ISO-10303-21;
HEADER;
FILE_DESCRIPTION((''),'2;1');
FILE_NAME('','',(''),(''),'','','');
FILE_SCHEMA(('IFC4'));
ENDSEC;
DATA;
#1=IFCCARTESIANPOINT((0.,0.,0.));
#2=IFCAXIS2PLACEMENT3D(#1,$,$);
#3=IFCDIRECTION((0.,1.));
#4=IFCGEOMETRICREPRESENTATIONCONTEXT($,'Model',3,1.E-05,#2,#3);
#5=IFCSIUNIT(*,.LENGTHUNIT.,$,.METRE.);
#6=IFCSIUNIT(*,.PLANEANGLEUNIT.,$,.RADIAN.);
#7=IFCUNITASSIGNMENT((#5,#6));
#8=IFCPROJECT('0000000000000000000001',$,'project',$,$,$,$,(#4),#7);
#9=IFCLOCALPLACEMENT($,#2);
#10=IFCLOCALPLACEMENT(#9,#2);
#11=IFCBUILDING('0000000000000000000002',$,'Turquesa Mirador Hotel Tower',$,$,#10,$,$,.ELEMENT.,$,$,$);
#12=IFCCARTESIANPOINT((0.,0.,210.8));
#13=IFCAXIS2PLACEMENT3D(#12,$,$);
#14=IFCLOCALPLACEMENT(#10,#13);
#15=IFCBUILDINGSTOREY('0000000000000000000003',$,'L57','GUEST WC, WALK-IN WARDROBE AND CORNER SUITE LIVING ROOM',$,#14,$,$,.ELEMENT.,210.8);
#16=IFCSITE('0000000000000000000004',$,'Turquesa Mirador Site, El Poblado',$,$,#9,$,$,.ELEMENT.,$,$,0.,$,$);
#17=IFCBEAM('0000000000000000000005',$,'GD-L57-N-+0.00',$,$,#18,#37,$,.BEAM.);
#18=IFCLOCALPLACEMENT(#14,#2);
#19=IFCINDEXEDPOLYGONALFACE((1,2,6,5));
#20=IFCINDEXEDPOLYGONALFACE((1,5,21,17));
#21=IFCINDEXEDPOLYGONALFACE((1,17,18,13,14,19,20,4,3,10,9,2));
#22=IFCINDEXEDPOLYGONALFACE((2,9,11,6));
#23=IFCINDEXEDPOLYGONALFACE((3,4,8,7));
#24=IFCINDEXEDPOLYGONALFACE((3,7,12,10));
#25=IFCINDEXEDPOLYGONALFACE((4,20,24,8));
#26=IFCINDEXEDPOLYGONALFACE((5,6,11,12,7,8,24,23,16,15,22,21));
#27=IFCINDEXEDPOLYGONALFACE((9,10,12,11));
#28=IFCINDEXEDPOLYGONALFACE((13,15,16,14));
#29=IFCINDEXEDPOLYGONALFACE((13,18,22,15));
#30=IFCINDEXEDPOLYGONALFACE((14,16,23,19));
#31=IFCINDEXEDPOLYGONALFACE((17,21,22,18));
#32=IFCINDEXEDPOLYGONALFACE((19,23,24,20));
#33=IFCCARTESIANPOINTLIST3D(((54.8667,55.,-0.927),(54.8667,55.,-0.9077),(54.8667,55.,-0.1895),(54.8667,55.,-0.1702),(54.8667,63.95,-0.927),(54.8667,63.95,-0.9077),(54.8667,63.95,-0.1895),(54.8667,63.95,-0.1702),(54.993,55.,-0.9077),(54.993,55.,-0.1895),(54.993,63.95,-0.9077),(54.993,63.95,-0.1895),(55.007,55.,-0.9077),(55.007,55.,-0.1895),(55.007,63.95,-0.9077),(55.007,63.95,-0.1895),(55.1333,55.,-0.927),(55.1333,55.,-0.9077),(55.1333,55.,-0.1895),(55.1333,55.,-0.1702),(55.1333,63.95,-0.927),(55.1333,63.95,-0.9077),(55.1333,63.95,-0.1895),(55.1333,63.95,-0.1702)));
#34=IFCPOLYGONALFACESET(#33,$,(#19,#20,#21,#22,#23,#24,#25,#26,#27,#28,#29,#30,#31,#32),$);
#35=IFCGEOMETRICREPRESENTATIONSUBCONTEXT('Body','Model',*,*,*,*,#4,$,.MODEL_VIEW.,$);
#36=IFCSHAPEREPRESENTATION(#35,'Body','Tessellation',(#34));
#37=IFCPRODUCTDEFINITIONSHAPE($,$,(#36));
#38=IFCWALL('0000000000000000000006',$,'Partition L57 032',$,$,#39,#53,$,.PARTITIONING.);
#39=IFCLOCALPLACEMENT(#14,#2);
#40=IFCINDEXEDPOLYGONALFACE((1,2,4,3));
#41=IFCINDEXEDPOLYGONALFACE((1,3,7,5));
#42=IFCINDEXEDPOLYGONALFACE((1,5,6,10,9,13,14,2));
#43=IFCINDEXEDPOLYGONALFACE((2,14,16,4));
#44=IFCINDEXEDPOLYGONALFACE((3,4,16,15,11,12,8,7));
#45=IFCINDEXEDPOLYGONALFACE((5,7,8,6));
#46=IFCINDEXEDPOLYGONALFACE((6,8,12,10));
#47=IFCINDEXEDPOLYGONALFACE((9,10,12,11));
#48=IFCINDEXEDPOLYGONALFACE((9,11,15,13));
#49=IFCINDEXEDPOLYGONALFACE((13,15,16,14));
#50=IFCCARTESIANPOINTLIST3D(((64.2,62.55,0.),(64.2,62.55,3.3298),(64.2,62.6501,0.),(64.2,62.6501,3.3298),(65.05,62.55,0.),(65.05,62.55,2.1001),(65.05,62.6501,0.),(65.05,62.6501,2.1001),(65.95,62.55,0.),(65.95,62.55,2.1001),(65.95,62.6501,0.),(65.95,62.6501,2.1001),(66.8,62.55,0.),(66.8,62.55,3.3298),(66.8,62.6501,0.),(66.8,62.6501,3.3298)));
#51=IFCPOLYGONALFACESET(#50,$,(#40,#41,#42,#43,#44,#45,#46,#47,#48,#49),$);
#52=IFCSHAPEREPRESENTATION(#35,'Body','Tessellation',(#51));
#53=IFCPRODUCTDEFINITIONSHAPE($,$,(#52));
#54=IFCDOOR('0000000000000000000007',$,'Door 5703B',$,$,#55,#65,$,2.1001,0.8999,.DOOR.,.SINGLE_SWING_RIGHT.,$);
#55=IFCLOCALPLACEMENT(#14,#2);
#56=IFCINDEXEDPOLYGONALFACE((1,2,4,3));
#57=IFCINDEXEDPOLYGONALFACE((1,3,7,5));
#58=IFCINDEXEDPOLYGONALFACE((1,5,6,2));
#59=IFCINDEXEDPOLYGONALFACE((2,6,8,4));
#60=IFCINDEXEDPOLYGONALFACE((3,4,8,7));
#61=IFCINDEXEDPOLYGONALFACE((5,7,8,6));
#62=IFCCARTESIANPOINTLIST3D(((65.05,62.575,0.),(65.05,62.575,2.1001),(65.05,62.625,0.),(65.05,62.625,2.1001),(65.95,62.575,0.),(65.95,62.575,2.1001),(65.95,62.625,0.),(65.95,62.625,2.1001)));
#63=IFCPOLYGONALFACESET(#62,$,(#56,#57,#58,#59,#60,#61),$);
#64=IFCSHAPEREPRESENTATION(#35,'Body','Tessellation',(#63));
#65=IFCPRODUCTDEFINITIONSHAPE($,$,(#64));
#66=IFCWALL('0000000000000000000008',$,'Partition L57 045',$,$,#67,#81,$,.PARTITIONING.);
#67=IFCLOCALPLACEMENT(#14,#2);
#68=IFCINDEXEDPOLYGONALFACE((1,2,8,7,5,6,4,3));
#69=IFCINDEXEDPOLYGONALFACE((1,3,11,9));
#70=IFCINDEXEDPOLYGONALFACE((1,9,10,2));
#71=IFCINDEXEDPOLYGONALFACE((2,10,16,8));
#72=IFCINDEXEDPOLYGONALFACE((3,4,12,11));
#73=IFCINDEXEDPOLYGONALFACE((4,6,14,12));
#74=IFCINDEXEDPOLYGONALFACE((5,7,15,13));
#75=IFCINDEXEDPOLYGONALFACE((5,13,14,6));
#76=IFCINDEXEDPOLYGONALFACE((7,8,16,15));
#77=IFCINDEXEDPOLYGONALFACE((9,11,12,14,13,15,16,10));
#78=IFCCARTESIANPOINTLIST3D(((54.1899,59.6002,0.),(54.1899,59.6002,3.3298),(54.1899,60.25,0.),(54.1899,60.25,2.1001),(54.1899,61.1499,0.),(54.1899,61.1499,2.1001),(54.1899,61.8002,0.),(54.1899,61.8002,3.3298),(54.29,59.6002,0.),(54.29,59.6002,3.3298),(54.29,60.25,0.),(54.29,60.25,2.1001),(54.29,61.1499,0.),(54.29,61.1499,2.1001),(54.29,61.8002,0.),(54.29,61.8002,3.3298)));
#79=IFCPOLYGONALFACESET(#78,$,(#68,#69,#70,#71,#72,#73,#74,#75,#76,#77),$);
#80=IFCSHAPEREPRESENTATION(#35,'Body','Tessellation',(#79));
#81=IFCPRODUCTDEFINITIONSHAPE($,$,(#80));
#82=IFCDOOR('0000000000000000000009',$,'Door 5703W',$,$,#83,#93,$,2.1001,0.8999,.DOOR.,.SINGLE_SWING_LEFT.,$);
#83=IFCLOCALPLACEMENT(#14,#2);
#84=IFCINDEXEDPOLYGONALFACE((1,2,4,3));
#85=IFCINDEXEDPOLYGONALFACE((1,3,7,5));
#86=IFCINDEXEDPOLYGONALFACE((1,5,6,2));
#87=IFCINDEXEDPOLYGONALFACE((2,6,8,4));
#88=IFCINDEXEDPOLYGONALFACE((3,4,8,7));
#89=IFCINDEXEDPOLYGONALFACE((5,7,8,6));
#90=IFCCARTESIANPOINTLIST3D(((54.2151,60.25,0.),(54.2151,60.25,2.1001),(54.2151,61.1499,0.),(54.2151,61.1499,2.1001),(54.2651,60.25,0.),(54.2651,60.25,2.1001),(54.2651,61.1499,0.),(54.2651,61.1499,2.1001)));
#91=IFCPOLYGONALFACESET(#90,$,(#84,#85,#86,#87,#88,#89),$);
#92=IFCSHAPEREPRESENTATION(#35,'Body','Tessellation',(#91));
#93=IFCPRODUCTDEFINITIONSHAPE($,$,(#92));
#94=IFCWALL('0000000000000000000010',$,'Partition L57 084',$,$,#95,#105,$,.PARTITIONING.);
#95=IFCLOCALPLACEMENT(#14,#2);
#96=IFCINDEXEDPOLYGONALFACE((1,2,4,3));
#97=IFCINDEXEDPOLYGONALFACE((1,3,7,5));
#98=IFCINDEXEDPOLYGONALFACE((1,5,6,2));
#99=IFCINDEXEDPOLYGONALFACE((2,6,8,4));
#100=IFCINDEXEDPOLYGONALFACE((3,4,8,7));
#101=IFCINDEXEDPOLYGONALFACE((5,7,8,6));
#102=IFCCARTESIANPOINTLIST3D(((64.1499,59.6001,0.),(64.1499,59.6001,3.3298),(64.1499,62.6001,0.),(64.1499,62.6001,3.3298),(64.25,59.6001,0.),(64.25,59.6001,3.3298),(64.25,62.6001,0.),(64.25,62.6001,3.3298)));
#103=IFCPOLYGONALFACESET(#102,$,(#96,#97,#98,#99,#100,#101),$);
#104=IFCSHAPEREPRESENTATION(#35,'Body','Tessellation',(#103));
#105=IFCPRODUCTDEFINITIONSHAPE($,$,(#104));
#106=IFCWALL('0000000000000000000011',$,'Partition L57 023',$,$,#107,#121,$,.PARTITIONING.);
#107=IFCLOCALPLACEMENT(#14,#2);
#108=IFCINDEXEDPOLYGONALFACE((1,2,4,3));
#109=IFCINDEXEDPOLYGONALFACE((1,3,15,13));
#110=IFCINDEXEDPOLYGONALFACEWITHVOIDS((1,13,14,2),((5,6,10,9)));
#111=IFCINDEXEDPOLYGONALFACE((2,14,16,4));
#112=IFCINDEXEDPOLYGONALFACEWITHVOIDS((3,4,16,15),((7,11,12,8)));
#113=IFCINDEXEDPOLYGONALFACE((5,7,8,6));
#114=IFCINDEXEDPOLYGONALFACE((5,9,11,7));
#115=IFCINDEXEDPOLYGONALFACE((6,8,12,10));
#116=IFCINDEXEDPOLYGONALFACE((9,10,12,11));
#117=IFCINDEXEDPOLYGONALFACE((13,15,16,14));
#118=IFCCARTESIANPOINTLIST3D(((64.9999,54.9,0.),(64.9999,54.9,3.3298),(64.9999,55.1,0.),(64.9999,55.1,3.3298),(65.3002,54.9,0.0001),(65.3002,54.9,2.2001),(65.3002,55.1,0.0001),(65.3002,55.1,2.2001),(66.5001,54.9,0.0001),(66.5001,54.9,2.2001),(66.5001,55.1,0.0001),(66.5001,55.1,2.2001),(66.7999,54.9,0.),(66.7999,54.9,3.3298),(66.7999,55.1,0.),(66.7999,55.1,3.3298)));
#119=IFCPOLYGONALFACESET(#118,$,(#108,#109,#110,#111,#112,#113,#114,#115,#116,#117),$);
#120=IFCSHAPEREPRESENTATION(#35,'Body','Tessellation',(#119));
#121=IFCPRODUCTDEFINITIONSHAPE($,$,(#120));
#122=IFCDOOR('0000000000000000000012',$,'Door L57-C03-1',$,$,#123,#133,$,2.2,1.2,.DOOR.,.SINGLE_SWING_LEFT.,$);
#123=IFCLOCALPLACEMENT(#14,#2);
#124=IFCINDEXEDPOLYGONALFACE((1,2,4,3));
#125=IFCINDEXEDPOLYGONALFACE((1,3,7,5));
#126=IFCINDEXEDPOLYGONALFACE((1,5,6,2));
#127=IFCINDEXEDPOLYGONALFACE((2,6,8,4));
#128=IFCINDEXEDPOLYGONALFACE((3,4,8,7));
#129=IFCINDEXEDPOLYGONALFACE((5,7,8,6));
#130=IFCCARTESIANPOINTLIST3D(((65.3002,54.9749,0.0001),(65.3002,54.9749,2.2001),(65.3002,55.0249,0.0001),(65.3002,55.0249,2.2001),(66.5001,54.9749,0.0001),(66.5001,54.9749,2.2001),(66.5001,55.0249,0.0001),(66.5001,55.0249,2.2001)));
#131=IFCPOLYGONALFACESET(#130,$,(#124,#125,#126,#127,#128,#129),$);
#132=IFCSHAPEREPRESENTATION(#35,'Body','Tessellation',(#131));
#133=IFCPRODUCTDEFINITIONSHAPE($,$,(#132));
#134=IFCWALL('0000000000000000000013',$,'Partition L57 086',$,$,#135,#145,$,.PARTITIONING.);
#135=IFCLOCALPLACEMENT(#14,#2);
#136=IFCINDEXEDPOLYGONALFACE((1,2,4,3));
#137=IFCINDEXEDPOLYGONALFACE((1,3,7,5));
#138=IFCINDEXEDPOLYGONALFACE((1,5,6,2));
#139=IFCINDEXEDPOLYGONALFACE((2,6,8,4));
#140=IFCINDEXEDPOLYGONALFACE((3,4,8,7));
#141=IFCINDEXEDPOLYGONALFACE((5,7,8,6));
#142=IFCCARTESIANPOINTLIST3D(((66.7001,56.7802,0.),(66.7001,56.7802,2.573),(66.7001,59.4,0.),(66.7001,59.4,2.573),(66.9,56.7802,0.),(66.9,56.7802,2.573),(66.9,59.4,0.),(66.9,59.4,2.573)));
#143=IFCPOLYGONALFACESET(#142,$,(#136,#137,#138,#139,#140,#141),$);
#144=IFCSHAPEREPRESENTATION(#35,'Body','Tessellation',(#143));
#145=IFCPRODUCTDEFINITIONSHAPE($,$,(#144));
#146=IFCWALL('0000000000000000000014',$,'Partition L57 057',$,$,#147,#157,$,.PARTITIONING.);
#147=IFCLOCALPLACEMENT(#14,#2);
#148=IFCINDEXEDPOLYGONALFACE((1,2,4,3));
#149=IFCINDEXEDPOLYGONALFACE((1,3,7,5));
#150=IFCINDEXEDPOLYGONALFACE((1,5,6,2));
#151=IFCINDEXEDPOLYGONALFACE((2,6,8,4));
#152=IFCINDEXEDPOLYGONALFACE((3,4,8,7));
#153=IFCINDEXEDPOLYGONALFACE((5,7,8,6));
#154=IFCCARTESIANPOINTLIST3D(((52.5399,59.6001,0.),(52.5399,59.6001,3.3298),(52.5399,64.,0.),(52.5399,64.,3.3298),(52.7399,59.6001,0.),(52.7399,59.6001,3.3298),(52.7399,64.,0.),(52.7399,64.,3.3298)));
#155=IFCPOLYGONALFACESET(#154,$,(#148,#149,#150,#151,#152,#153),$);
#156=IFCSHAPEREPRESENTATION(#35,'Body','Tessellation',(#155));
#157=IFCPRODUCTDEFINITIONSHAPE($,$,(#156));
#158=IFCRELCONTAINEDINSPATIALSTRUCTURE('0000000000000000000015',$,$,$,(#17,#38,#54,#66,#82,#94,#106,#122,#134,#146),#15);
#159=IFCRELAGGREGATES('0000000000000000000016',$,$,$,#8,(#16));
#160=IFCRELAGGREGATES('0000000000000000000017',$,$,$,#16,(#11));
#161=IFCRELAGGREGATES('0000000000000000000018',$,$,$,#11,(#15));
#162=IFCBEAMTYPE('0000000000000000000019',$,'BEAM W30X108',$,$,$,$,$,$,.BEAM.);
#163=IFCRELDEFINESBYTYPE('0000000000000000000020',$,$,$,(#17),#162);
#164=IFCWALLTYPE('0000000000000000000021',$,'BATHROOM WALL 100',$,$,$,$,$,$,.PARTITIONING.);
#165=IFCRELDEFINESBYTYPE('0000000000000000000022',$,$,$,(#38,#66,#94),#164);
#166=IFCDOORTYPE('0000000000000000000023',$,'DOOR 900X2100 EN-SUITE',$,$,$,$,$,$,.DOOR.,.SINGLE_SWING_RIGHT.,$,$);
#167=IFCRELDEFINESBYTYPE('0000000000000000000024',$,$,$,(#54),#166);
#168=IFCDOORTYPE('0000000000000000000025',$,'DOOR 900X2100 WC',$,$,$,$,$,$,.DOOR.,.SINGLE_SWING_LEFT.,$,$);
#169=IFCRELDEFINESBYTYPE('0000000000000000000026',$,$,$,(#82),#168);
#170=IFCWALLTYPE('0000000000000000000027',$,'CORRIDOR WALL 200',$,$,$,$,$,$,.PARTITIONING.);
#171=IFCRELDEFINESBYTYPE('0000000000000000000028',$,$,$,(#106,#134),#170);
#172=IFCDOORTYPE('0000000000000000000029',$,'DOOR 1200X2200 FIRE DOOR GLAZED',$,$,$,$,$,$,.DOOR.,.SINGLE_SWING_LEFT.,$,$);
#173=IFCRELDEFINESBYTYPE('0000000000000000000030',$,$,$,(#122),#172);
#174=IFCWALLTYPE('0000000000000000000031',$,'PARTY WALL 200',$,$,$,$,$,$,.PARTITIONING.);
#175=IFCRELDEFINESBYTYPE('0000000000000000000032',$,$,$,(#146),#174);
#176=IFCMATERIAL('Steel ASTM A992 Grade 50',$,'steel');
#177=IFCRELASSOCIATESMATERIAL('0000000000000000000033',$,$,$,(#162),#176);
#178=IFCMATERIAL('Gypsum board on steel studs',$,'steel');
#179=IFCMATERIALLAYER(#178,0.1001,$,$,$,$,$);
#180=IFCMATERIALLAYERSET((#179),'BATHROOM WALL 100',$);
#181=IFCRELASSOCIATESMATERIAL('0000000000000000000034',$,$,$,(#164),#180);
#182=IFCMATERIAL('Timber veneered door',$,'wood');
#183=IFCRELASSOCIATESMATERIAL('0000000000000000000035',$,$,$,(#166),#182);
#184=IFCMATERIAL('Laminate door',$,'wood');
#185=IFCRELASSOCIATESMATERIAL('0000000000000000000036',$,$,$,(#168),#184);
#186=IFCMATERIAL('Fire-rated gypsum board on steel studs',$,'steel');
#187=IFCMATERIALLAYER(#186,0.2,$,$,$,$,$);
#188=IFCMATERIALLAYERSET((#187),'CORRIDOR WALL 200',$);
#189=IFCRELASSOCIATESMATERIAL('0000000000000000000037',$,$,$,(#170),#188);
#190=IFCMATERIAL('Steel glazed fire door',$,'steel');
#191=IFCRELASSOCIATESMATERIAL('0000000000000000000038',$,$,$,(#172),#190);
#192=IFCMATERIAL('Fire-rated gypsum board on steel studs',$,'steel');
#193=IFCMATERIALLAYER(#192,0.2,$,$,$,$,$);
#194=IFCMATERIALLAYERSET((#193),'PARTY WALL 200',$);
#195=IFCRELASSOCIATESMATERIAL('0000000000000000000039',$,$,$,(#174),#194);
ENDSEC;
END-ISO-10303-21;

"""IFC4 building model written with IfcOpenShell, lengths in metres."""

from ifc_helpers import new_model, si_unit, direction, frame, frame_2d, origin, origin_2d, place, context, subcontext, project, spatial, rectangle, i_section, extrude, material, layer, layer_set, material_profile, profile_set, type_object, element, fill, save


model = new_model("IFC4")

# Units and contexts
model_context = context("Model", 3, precision=1e-05, world=origin(), true_north=direction((0.0, 1.0)))
body_context = subcontext(model_context, "Body", "Model", "MODEL_VIEW")
ifc_project = project(units=[si_unit("LENGTHUNIT", "METRE"), si_unit("PLANEANGLEUNIT", "RADIAN")], contexts=[model_context])

# Site, building, storey
site_placement = place(None, origin())
site = spatial("IfcSite", under=ifc_project, at=site_placement, Name="Turquesa Mirador Site, El Poblado", CompositionType="ELEMENT", RefElevation=0.0)
building_placement = place(site_placement, origin())
building = spatial("IfcBuilding", under=site, at=building_placement, Name="Turquesa Mirador Hotel Tower", CompositionType="ELEMENT")
storey_placement = place(building_placement, frame((0.0, 0.0, 210.8)))
storey = spatial("IfcBuildingStorey", under=building, at=storey_placement, Name="L57", Description="GUEST WC, WALK-IN WARDROBE AND CORNER SUITE LIVING ROOM", CompositionType="ELEMENT", Elevation=210.8)

# Beam
ifc_material_1 = material(Name="Steel ASTM A992 Grade 50", Category="steel")
ifc_material_profile_1 = material_profile(ifc_material_1, i_section(OverallWidth=0.2666, OverallDepth=0.7568, WebThickness=0.0139, FlangeThickness=0.0193, at=origin_2d()), Name="W30X108")
ifc_profile_set_1 = profile_set([ifc_material_profile_1], Name="Steel ASTM A992 Grade 50")
beam_type_1 = type_object("IfcBeamType", Name="BEAM W30X108", PredefinedType="BEAM", material=ifc_profile_set_1)
for number, where, z_axis, x_axis, name in (
    (1, (55.0, 63.95, -0.5486), (0.0, -1.0, 0.0), (1.0, 0.0, 0.0), "GD-L57-N-+0.00"),
):
    element("IfcBeam", number, at=place(storey_placement, frame(where, z_axis=z_axis, x_axis=x_axis)), inside=storey, type_object=beam_type_1, Name=name, PredefinedType="BEAM", context=body_context, shape_type="SweptSolid", body=[
        extrude(i_section(OverallWidth=0.2666, OverallDepth=0.7568, WebThickness=0.0139, FlangeThickness=0.0193, at=origin_2d()), origin(), (0.0, 0.0, 1.0), 8.95),
    ])

# Walls, openings, doors
ifc_material_2 = material(Name="Gypsum board on steel studs", Category="steel")
ifc_layer_1 = layer(ifc_material_2, 0.1001)
ifc_layer_set_1 = layer_set([ifc_layer_1], Name="BATHROOM WALL 100")
wall_type_1 = type_object("IfcWallType", Name="BATHROOM WALL 100", PredefinedType="PARTITIONING", material=ifc_layer_set_1)
wall_1_placement = place(storey_placement, frame((64.2, 62.6001, 0.0), z_axis=(0.0, 0.0, 1.0), x_axis=(1.0, 0.0, 0.0)))
wall_1 = element("IfcWall", 2, at=wall_1_placement, inside=storey, type_object=wall_type_1, Name="Partition L57 032", PredefinedType="PARTITIONING", context=body_context, shape_type="SweptSolid", body=[
    extrude(rectangle(XDim=2.6001, YDim=0.1001, at=frame_2d((1.3, 0.0))), origin(), (0.0, 0.0, 1.0), 3.3298),
])
opening_1_placement = place(wall_1_placement, frame((0.8501, 0.0, 0.0)))
opening_1 = element("IfcOpeningElement", 3, at=opening_1_placement, cuts=wall_1, PredefinedType="OPENING", context=body_context, shape_type="SweptSolid", body=[
    extrude(rectangle(XDim=0.8999, YDim=2.1001, at=frame_2d((0.45, 1.05))), frame((0.0, 0.0601, 0.0), z_axis=(0.0, -1.0, 0.0), x_axis=(1.0, 0.0, 0.0)), (0.0, 0.0, 1.0), 0.1201),
])
ifc_material_3 = material(Name="Timber veneered door", Category="wood")
door_type_1 = type_object("IfcDoorType", Name="DOOR 900X2100 EN-SUITE", OperationType="SINGLE_SWING_RIGHT", PredefinedType="DOOR", material=ifc_material_3)
door_1_placement = place(opening_1_placement, origin())
door_1 = element("IfcDoor", 4, at=door_1_placement, inside=storey, type_object=door_type_1, Name="Door 5703B", OperationType="SINGLE_SWING_RIGHT", OverallHeight=2.1001, OverallWidth=0.8999, PredefinedType="DOOR", context=body_context, shape_type="SweptSolid", body=[
    extrude(rectangle(XDim=0.8999, YDim=2.1001, at=frame_2d((0.45, 1.05))), frame((0.0, 0.0249, 0.0), z_axis=(0.0, -1.0, 0.0), x_axis=(1.0, 0.0, 0.0)), (0.0, 0.0, 1.0), 0.05),
])
fill(opening_1, door_1)
wall_2_placement = place(storey_placement, frame((54.24, 59.6001, 0.0), z_axis=(0.0, 0.0, 1.0), x_axis=(0.0, 1.0, 0.0)))
wall_2 = element("IfcWall", 5, at=wall_2_placement, inside=storey, type_object=wall_type_1, Name="Partition L57 045", PredefinedType="PARTITIONING", context=body_context, shape_type="SweptSolid", body=[
    extrude(rectangle(XDim=2.2, YDim=0.1001, at=frame_2d((1.1001, 0.0))), origin(), (0.0, 0.0, 1.0), 3.3298),
])
opening_2_placement = place(wall_2_placement, frame((0.6499, 0.0, 0.0)))
opening_2 = element("IfcOpeningElement", 6, at=opening_2_placement, cuts=wall_2, PredefinedType="OPENING", context=body_context, shape_type="SweptSolid", body=[
    extrude(rectangle(XDim=0.8999, YDim=2.1001, at=frame_2d((0.45, 1.05))), frame((0.0, 0.0601, 0.0), z_axis=(0.0, -1.0, 0.0), x_axis=(1.0, 0.0, 0.0)), (0.0, 0.0, 1.0), 0.1201),
])
ifc_material_4 = material(Name="Laminate door", Category="wood")
door_type_2 = type_object("IfcDoorType", Name="DOOR 900X2100 WC", OperationType="SINGLE_SWING_LEFT", PredefinedType="DOOR", material=ifc_material_4)
door_2_placement = place(opening_2_placement, origin())
door_2 = element("IfcDoor", 7, at=door_2_placement, inside=storey, type_object=door_type_2, Name="Door 5703W", OperationType="SINGLE_SWING_LEFT", OverallHeight=2.1001, OverallWidth=0.8999, PredefinedType="DOOR", context=body_context, shape_type="SweptSolid", body=[
    extrude(rectangle(XDim=0.8999, YDim=2.1001, at=frame_2d((0.45, 1.05))), frame((0.0, 0.0249, 0.0), z_axis=(0.0, -1.0, 0.0), x_axis=(1.0, 0.0, 0.0)), (0.0, 0.0, 1.0), 0.05),
])
fill(opening_2, door_2)

# Wall
wall_3_placement = place(storey_placement, frame((64.2, 59.6001, 0.0), z_axis=(0.0, 0.0, 1.0), x_axis=(0.0, 1.0, 0.0)))
element("IfcWall", 8, at=wall_3_placement, inside=storey, type_object=wall_type_1, Name="Partition L57 084", PredefinedType="PARTITIONING", context=body_context, shape_type="SweptSolid", body=[
    extrude(rectangle(XDim=3.0, YDim=0.1001, at=frame_2d((1.5, 0.0))), origin(), (0.0, 0.0, 1.0), 3.3298),
])

# Wall, opening, door
ifc_material_5 = material(Name="Fire-rated gypsum board on steel studs", Category="steel")
ifc_layer_2 = layer(ifc_material_5, 0.2)
ifc_layer_set_2 = layer_set([ifc_layer_2], Name="CORRIDOR WALL 200")
wall_type_2 = type_object("IfcWallType", Name="CORRIDOR WALL 200", PredefinedType="PARTITIONING", material=ifc_layer_set_2)
wall_4_placement = place(storey_placement, frame((65.0, 55.0, 0.0), z_axis=(0.0, 0.0, 1.0), x_axis=(1.0, 0.0, 0.0)))
wall_4 = element("IfcWall", 9, at=wall_4_placement, inside=storey, type_object=wall_type_2, Name="Partition L57 023", PredefinedType="PARTITIONING", context=body_context, shape_type="SweptSolid", body=[
    extrude(rectangle(XDim=1.8, YDim=0.2, at=frame_2d((0.8999, 0.0))), origin(), (0.0, 0.0, 1.0), 3.3298),
])
opening_3_placement = place(wall_4_placement, frame((0.3, 0.0, 0.0)))
opening_3 = element("IfcOpeningElement", 10, at=opening_3_placement, cuts=wall_4, PredefinedType="OPENING", context=body_context, shape_type="SweptSolid", body=[
    extrude(rectangle(XDim=1.2, YDim=2.2, at=frame_2d((0.6001, 1.1001))), frame((0.0, 0.1099, 0.0), z_axis=(0.0, -1.0, 0.0), x_axis=(1.0, 0.0, 0.0)), (0.0, 0.0, 1.0), 0.22),
])
ifc_material_6 = material(Name="Steel glazed fire door", Category="steel")
door_type_3 = type_object("IfcDoorType", Name="DOOR 1200X2200 FIRE DOOR GLAZED", OperationType="SINGLE_SWING_LEFT", PredefinedType="DOOR", material=ifc_material_6)
door_3_placement = place(opening_3_placement, origin())
door_3 = element("IfcDoor", 11, at=door_3_placement, inside=storey, type_object=door_type_3, Name="Door L57-C03-1", OperationType="SINGLE_SWING_LEFT", OverallHeight=2.2, OverallWidth=1.2, PredefinedType="DOOR", context=body_context, shape_type="SweptSolid", body=[
    extrude(rectangle(XDim=1.2, YDim=2.2, at=frame_2d((0.6001, 1.1001))), frame((0.0, 0.0249, 0.0), z_axis=(0.0, -1.0, 0.0), x_axis=(1.0, 0.0, 0.0)), (0.0, 0.0, 1.0), 0.05),
])
fill(opening_3, door_3)

# Walls
wall_5_placement = place(storey_placement, frame((66.8, 56.78, 0.0), z_axis=(0.0, 0.0, 1.0), x_axis=(0.0, 1.0, 0.0)))
element("IfcWall", 12, at=wall_5_placement, inside=storey, type_object=wall_type_2, Name="Partition L57 086", PredefinedType="PARTITIONING", context=body_context, shape_type="SweptSolid", body=[
    extrude(rectangle(XDim=2.6199, YDim=0.2, at=frame_2d((1.3101, 0.0))), origin(), (0.0, 0.0, 1.0), 2.573),
])
ifc_material_7 = material(Name="Fire-rated gypsum board on steel studs", Category="steel")
ifc_layer_3 = layer(ifc_material_7, 0.2)
ifc_layer_set_3 = layer_set([ifc_layer_3], Name="PARTY WALL 200")
wall_type_3 = type_object("IfcWallType", Name="PARTY WALL 200", PredefinedType="PARTITIONING", material=ifc_layer_set_3)
wall_6_placement = place(storey_placement, frame((52.6399, 59.6001, 0.0), z_axis=(0.0, 0.0, 1.0), x_axis=(0.0, 1.0, 0.0)))
element("IfcWall", 13, at=wall_6_placement, inside=storey, type_object=wall_type_3, Name="Partition L57 057", PredefinedType="PARTITIONING", context=body_context, shape_type="SweptSolid", body=[
    extrude(rectangle(XDim=4.3999, YDim=0.2, at=frame_2d((2.2, 0.0))), origin(), (0.0, 0.0, 1.0), 3.3298),
])

save(model, "model.ifc")
